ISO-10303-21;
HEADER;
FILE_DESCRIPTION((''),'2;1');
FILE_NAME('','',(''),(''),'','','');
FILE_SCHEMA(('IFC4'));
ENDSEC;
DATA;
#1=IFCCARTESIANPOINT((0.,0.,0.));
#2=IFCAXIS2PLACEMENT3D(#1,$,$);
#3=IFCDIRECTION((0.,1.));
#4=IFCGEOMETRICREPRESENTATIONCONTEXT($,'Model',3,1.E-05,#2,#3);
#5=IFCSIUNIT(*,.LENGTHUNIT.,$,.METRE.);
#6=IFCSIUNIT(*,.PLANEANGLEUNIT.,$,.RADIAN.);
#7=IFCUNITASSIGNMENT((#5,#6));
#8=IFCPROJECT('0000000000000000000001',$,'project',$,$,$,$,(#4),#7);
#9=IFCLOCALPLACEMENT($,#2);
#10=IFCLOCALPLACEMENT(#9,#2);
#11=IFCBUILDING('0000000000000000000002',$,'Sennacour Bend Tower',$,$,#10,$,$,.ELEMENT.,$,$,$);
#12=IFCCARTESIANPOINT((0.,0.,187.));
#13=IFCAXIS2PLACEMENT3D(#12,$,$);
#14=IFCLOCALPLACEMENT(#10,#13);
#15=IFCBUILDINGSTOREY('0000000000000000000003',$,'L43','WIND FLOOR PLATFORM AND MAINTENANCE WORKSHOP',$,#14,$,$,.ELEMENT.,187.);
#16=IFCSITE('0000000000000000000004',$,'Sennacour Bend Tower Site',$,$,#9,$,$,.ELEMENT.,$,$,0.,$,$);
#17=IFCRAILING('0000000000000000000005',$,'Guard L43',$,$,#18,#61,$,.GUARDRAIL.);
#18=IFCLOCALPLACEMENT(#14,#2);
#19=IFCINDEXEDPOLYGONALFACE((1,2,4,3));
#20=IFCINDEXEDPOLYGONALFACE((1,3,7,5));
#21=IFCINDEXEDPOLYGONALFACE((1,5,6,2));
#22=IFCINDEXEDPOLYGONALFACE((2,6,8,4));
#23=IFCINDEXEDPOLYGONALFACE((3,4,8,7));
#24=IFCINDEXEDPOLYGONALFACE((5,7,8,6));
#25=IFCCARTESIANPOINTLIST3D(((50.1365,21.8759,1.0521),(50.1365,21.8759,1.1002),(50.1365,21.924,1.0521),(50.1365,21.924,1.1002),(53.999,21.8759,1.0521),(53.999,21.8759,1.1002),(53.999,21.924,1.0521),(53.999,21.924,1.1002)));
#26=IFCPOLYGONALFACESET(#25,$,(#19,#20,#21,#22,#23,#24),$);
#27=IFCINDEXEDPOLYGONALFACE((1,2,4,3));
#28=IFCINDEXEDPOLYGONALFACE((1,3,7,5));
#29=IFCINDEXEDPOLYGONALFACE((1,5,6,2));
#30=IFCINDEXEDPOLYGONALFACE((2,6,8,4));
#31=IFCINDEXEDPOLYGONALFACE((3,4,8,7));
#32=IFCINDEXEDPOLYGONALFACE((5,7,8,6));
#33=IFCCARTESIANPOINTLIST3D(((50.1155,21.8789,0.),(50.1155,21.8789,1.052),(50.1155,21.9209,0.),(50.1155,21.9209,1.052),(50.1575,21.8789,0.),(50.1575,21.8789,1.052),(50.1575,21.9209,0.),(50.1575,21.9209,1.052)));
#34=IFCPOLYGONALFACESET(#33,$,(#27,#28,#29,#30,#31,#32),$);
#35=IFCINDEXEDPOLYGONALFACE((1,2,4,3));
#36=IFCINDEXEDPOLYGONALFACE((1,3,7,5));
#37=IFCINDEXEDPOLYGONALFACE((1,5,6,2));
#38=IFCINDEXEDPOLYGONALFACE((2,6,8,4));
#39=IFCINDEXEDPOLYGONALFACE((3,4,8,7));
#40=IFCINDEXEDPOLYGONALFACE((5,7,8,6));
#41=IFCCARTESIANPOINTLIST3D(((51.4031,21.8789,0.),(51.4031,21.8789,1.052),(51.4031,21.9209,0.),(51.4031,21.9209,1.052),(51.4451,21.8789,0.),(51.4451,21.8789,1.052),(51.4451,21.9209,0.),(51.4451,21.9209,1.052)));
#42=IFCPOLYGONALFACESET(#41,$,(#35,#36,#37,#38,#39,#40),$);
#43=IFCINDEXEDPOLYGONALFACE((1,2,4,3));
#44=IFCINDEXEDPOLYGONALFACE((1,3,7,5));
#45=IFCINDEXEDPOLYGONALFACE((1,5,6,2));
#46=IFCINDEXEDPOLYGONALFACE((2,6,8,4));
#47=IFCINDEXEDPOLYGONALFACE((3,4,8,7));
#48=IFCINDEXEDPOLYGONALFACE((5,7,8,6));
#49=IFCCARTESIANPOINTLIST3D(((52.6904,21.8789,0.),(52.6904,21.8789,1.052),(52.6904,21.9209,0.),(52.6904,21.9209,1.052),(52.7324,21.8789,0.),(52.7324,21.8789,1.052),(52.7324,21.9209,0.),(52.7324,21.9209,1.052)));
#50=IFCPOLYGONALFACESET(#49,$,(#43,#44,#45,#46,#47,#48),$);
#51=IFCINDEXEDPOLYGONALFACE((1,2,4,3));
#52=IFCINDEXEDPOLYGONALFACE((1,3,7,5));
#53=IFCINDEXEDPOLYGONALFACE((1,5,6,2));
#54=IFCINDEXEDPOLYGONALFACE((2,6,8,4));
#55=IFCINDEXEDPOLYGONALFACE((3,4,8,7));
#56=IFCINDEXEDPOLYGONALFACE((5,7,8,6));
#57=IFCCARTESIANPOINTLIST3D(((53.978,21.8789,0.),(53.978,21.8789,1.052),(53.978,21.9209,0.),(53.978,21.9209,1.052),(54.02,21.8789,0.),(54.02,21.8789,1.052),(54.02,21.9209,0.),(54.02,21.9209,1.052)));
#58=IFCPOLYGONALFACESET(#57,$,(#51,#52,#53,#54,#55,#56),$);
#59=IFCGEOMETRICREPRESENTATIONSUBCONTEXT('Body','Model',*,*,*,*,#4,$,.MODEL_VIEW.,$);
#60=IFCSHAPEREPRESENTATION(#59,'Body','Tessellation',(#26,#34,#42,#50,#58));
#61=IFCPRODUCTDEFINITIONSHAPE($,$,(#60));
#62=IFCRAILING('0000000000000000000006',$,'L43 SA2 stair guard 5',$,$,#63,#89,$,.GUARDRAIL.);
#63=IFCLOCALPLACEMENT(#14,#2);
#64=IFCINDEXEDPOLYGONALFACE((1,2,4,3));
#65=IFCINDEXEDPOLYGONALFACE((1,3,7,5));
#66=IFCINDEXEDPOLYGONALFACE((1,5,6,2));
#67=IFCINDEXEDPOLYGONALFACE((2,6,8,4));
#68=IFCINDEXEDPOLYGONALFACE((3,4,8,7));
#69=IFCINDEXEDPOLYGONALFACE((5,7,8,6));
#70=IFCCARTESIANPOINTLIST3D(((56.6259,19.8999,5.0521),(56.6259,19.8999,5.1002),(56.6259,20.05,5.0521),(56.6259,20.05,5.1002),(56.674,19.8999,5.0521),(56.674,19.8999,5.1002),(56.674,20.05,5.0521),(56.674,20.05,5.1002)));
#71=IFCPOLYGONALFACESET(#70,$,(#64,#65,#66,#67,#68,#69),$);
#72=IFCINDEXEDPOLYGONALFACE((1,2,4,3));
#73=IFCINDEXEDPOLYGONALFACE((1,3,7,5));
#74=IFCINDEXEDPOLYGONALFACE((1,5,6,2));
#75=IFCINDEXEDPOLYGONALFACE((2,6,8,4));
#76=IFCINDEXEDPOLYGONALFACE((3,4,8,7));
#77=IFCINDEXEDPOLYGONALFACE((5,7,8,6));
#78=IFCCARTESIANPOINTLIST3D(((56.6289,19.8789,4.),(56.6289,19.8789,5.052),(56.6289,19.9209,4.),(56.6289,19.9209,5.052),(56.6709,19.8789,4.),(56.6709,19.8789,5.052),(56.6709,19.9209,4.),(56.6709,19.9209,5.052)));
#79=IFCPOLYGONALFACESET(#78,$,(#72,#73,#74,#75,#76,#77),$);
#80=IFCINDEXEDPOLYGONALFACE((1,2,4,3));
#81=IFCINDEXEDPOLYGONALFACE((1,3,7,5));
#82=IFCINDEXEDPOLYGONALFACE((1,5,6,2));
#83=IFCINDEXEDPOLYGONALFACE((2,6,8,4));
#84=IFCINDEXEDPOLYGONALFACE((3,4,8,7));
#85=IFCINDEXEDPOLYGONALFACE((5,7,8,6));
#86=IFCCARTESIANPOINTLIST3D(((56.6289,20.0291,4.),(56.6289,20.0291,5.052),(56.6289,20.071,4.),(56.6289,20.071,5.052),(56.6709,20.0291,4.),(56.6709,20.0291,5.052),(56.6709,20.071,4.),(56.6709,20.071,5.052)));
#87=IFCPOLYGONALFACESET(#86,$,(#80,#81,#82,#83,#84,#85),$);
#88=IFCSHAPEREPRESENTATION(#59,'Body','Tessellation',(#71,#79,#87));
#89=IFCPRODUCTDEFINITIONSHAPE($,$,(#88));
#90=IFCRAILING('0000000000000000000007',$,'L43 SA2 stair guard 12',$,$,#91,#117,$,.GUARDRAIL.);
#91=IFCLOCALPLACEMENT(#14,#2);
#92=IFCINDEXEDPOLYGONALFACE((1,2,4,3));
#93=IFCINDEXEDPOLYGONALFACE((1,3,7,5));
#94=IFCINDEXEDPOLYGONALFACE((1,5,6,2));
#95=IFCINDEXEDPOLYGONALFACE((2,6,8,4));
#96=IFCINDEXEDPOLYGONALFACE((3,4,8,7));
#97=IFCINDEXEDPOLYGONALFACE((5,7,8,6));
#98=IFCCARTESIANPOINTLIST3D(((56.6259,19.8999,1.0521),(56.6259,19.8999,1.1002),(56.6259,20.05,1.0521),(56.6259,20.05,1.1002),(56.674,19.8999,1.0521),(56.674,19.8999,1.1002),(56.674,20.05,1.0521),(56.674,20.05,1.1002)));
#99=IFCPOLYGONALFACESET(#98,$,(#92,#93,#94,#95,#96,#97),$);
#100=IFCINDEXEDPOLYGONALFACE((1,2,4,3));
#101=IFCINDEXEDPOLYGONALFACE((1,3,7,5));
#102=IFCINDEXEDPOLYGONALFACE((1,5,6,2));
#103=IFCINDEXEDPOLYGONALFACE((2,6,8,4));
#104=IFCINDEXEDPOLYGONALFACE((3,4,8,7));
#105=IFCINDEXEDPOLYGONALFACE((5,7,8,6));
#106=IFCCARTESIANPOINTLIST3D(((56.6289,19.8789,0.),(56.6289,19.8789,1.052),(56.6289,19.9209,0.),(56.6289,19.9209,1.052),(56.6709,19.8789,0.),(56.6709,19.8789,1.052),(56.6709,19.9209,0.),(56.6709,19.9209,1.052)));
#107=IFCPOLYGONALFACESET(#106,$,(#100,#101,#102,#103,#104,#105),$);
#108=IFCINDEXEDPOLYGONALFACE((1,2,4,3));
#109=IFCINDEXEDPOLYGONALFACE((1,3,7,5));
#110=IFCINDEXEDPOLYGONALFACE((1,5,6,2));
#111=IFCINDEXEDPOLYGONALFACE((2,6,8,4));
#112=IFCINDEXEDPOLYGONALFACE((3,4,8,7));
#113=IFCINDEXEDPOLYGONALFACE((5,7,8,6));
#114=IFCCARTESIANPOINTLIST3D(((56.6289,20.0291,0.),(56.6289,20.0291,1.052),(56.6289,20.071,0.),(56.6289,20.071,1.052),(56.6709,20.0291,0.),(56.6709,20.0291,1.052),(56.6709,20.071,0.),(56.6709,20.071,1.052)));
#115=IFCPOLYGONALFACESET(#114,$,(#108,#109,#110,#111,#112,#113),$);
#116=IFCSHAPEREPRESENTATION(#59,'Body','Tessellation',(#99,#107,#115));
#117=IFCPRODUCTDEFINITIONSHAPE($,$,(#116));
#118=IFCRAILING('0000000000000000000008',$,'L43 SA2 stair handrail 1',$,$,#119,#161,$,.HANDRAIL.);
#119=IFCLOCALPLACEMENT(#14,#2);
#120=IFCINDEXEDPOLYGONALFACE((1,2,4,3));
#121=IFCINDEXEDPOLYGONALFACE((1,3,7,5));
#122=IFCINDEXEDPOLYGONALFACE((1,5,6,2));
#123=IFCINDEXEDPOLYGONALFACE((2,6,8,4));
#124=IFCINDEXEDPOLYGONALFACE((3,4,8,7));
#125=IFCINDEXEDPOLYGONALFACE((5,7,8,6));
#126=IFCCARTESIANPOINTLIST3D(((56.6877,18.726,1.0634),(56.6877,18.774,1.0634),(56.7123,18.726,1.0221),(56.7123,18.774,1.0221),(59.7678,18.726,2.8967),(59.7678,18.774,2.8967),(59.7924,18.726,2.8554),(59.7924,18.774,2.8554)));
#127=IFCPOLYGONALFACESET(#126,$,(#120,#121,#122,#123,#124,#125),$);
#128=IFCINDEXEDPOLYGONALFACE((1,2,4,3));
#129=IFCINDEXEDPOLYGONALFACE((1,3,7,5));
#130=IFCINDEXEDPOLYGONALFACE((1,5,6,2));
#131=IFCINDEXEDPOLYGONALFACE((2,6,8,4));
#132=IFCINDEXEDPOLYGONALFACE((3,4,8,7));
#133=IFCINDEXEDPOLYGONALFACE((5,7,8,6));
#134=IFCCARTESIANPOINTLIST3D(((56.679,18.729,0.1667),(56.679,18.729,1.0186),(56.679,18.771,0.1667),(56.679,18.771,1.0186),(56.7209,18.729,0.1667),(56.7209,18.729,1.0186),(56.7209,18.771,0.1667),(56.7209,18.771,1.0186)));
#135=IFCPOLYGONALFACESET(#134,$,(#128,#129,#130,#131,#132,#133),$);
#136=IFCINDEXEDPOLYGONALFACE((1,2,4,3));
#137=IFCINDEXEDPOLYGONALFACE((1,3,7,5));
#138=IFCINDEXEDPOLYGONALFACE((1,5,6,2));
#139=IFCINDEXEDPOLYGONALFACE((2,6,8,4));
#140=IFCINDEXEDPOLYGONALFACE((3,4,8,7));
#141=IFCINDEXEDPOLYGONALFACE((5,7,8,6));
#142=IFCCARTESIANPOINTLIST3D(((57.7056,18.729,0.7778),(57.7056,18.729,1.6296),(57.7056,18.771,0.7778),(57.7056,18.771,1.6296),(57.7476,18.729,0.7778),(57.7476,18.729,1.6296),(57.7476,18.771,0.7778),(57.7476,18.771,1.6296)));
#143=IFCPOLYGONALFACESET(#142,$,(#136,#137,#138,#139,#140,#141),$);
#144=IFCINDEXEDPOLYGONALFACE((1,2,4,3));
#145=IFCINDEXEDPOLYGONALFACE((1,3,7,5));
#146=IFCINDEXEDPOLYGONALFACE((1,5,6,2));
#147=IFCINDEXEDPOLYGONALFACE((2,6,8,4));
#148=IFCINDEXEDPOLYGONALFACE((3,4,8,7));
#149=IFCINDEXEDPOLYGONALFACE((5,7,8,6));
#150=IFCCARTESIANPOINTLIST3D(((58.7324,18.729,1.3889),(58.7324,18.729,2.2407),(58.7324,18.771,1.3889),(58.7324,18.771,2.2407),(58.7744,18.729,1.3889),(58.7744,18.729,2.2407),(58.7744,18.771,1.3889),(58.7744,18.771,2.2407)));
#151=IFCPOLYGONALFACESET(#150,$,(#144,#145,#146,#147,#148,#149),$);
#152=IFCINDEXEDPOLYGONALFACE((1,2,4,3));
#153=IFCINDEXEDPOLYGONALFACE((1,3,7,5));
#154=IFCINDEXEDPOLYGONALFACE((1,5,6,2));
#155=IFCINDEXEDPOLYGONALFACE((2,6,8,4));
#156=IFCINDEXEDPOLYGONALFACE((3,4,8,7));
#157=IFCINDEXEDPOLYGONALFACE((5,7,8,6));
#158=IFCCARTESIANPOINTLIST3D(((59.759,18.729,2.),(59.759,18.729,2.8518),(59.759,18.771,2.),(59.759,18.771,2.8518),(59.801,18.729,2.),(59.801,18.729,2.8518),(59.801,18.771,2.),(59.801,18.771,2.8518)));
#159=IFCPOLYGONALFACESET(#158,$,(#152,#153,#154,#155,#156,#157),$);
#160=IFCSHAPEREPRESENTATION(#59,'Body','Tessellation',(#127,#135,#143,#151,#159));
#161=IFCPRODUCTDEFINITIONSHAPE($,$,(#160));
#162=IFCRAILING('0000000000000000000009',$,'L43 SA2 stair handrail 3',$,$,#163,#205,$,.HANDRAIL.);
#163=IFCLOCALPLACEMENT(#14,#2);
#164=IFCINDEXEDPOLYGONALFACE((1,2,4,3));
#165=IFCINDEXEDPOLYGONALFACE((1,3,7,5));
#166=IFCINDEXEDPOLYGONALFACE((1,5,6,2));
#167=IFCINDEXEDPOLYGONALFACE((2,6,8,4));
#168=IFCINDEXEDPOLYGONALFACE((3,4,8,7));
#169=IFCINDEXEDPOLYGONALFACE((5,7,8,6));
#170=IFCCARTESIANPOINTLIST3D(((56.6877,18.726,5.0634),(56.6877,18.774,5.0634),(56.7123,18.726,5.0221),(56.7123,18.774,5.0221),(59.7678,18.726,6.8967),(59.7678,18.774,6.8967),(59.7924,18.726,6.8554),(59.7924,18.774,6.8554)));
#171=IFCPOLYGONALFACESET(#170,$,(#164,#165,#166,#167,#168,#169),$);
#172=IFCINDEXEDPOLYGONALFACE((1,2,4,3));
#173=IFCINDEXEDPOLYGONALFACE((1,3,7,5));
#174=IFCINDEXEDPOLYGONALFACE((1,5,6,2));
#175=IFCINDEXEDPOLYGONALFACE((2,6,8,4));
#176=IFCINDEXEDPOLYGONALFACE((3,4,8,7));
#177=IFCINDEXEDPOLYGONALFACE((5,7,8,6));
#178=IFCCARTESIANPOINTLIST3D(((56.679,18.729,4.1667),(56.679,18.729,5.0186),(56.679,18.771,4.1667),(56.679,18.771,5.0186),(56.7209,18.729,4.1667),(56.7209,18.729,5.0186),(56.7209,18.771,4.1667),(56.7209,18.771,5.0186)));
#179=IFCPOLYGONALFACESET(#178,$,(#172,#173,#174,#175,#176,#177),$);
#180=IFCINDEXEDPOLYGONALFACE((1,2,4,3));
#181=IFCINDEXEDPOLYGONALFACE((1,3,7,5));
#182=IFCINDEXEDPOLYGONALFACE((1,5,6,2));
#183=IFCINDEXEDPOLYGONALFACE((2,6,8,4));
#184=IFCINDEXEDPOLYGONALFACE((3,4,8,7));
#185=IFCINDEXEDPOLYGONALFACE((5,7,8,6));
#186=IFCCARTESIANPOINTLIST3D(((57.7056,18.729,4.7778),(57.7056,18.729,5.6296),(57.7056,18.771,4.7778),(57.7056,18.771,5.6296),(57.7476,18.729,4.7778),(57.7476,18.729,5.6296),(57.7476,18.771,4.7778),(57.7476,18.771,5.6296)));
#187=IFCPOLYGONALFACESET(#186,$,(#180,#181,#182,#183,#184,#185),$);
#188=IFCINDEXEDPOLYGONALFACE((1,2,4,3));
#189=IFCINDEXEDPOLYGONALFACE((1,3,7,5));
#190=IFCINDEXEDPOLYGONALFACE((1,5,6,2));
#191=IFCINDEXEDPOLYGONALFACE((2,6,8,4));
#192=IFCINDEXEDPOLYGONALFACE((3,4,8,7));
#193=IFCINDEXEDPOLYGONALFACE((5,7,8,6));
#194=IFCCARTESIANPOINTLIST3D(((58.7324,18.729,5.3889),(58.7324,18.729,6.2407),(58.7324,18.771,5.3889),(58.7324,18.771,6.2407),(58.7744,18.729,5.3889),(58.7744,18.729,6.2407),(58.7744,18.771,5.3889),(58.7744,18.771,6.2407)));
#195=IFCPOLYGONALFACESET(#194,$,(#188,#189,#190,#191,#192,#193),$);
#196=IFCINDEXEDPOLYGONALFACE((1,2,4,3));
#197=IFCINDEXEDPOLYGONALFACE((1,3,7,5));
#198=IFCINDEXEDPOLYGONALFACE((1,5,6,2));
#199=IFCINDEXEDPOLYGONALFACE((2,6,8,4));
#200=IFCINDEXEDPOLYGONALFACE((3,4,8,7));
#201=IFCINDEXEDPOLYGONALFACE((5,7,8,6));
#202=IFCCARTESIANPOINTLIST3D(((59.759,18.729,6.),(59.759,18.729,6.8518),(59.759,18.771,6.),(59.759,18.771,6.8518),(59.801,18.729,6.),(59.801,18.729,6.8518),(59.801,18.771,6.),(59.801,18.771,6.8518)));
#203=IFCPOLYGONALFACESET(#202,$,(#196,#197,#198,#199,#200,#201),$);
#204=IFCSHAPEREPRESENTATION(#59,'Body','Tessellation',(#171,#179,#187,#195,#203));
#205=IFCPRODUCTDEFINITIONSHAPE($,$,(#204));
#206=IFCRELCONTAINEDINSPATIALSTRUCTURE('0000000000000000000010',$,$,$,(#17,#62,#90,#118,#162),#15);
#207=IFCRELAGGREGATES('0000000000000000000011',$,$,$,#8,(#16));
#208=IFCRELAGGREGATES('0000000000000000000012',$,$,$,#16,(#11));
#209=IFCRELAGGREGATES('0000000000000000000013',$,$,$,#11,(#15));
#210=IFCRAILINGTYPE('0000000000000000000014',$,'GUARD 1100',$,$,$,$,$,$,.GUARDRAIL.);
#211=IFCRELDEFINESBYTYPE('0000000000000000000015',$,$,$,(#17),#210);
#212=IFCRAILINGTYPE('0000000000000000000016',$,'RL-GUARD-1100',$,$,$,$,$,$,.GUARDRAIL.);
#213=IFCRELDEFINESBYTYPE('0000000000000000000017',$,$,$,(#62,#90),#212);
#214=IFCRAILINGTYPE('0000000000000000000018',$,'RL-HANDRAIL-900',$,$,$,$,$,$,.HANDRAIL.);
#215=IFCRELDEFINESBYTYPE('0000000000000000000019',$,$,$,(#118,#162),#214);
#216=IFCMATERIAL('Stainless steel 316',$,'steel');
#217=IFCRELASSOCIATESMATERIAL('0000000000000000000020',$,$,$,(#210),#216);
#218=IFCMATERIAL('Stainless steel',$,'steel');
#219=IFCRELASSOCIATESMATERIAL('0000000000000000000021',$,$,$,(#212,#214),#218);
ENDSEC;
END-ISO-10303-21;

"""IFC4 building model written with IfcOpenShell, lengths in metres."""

from ifc_helpers import new_model, si_unit, direction, frame, origin, origin_2d, place, context, subcontext, project, spatial, rectangle, extrude, material, type_object, element, save


model = new_model("IFC4")

# Units and contexts
model_context = context("Model", 3, precision=1e-05, world=origin(), true_north=direction((0.0, 1.0)))
body_context = subcontext(model_context, "Body", "Model", "MODEL_VIEW")
ifc_project = project(units=[si_unit("LENGTHUNIT", "METRE"), si_unit("PLANEANGLEUNIT", "RADIAN")], contexts=[model_context])

# Site, building, storey
site_placement = place(None, origin())
site = spatial("IfcSite", under=ifc_project, at=site_placement, Name="Sennacour Bend Tower Site", CompositionType="ELEMENT", RefElevation=0.0)
building_placement = place(site_placement, origin())
building = spatial("IfcBuilding", under=site, at=building_placement, Name="Sennacour Bend Tower", CompositionType="ELEMENT")
storey_placement = place(building_placement, frame((0.0, 0.0, 187.0)))
storey = spatial("IfcBuildingStorey", under=building, at=storey_placement, Name="L43", Description="WIND FLOOR PLATFORM AND MAINTENANCE WORKSHOP", CompositionType="ELEMENT", Elevation=187.0)

# Shared definitions
ifc_material_1 = material(Name="Stainless steel", Category="steel")

# Railings
ifc_material_2 = material(Name="Stainless steel 316", Category="steel")
railing_type_1 = type_object("IfcRailingType", Name="GUARD 1100", PredefinedType="GUARDRAIL", material=ifc_material_2)
railing_1_placement = place(storey_placement, frame((50.1365, 21.8999, 0.0)))
element("IfcRailing", 1, at=railing_1_placement, inside=storey, type_object=railing_type_1, Name="Guard L43", PredefinedType="GUARDRAIL", context=body_context, shape_type="SweptSolid", body=[
    extrude(rectangle(XDim=0.0481, YDim=0.0481, at=origin_2d()), frame((0.0, 0.0, 1.0762), z_axis=(1.0, 0.0, 0.0), x_axis=(0.0, 1.0, 0.0)), (0.0, 0.0, 1.0), 3.8625),
    extrude(rectangle(XDim=0.042, YDim=0.042, at=origin_2d()), origin(), (0.0, 0.0, 1.0), 1.052),
    extrude(rectangle(XDim=0.042, YDim=0.042, at=origin_2d()), frame((1.2876, 0.0, 0.0)), (0.0, 0.0, 1.0), 1.052),
    extrude(rectangle(XDim=0.042, YDim=0.042, at=origin_2d()), frame((2.575, 0.0, 0.0)), (0.0, 0.0, 1.0), 1.052),
    extrude(rectangle(XDim=0.042, YDim=0.042, at=origin_2d()), frame((3.8625, 0.0, 0.0)), (0.0, 0.0, 1.0), 1.052),
])
railing_type_2 = type_object("IfcRailingType", Name="RL-GUARD-1100", PredefinedType="GUARDRAIL", material=ifc_material_1)
for number, where, name in (
    (2, (56.6499, 19.8999, 4.0), "L43 SA2 stair guard 5"),
    (3, (56.6499, 19.8999, 0.0), "L43 SA2 stair guard 12"),
):
    element("IfcRailing", number, at=place(storey_placement, frame(where)), inside=storey, type_object=railing_type_2, Name=name, PredefinedType="GUARDRAIL", context=body_context, shape_type="SweptSolid", body=[
        extrude(rectangle(XDim=0.0481, YDim=0.0481, at=origin_2d()), frame((0.0, 0.0, 1.0762), z_axis=(0.0, 1.0, 0.0), x_axis=(-1.0, 0.0, 0.0)), (0.0, 0.0, 1.0), 0.1501),
        extrude(rectangle(XDim=0.042, YDim=0.042, at=origin_2d()), origin(), (0.0, 0.0, 1.0), 1.052),
        extrude(rectangle(XDim=0.042, YDim=0.042, at=origin_2d()), frame((0.0, 0.1501, 0.0)), (0.0, 0.0, 1.0), 1.052),
    ])
railing_type_3 = type_object("IfcRailingType", Name="RL-HANDRAIL-900", PredefinedType="HANDRAIL", material=ifc_material_1)
for number, where, name in (
    (4, (56.7, 18.75, 0.1667), "L43 SA2 stair handrail 1"),
    (5, (56.7, 18.75, 4.1667), "L43 SA2 stair handrail 3"),
):
    element("IfcRailing", number, at=place(storey_placement, frame(where)), inside=storey, type_object=railing_type_3, Name=name, PredefinedType="HANDRAIL", context=body_context, shape_type="SweptSolid", body=[
        extrude(rectangle(XDim=0.0481, YDim=0.0481, at=origin_2d()), frame((0.0, 0.0, 0.876), z_axis=(0.859309, 0.0, 0.511458), x_axis=(0.0, 1.0, 0.0)), (0.0, 0.0, 1.0), 3.5845),
        extrude(rectangle(XDim=0.042, YDim=0.042, at=origin_2d()), origin(), (0.0, 0.0, 1.0), 0.8518),
        extrude(rectangle(XDim=0.042, YDim=0.042, at=origin_2d()), frame((1.0266, 0.0, 0.6111)), (0.0, 0.0, 1.0), 0.8518),
        extrude(rectangle(XDim=0.042, YDim=0.042, at=origin_2d()), frame((2.0535, 0.0, 1.2222)), (0.0, 0.0, 1.0), 0.8518),
        extrude(rectangle(XDim=0.042, YDim=0.042, at=origin_2d()), frame((3.0801, 0.0, 1.8333)), (0.0, 0.0, 1.0), 0.8518),
    ])

save(model, "model.ifc")
